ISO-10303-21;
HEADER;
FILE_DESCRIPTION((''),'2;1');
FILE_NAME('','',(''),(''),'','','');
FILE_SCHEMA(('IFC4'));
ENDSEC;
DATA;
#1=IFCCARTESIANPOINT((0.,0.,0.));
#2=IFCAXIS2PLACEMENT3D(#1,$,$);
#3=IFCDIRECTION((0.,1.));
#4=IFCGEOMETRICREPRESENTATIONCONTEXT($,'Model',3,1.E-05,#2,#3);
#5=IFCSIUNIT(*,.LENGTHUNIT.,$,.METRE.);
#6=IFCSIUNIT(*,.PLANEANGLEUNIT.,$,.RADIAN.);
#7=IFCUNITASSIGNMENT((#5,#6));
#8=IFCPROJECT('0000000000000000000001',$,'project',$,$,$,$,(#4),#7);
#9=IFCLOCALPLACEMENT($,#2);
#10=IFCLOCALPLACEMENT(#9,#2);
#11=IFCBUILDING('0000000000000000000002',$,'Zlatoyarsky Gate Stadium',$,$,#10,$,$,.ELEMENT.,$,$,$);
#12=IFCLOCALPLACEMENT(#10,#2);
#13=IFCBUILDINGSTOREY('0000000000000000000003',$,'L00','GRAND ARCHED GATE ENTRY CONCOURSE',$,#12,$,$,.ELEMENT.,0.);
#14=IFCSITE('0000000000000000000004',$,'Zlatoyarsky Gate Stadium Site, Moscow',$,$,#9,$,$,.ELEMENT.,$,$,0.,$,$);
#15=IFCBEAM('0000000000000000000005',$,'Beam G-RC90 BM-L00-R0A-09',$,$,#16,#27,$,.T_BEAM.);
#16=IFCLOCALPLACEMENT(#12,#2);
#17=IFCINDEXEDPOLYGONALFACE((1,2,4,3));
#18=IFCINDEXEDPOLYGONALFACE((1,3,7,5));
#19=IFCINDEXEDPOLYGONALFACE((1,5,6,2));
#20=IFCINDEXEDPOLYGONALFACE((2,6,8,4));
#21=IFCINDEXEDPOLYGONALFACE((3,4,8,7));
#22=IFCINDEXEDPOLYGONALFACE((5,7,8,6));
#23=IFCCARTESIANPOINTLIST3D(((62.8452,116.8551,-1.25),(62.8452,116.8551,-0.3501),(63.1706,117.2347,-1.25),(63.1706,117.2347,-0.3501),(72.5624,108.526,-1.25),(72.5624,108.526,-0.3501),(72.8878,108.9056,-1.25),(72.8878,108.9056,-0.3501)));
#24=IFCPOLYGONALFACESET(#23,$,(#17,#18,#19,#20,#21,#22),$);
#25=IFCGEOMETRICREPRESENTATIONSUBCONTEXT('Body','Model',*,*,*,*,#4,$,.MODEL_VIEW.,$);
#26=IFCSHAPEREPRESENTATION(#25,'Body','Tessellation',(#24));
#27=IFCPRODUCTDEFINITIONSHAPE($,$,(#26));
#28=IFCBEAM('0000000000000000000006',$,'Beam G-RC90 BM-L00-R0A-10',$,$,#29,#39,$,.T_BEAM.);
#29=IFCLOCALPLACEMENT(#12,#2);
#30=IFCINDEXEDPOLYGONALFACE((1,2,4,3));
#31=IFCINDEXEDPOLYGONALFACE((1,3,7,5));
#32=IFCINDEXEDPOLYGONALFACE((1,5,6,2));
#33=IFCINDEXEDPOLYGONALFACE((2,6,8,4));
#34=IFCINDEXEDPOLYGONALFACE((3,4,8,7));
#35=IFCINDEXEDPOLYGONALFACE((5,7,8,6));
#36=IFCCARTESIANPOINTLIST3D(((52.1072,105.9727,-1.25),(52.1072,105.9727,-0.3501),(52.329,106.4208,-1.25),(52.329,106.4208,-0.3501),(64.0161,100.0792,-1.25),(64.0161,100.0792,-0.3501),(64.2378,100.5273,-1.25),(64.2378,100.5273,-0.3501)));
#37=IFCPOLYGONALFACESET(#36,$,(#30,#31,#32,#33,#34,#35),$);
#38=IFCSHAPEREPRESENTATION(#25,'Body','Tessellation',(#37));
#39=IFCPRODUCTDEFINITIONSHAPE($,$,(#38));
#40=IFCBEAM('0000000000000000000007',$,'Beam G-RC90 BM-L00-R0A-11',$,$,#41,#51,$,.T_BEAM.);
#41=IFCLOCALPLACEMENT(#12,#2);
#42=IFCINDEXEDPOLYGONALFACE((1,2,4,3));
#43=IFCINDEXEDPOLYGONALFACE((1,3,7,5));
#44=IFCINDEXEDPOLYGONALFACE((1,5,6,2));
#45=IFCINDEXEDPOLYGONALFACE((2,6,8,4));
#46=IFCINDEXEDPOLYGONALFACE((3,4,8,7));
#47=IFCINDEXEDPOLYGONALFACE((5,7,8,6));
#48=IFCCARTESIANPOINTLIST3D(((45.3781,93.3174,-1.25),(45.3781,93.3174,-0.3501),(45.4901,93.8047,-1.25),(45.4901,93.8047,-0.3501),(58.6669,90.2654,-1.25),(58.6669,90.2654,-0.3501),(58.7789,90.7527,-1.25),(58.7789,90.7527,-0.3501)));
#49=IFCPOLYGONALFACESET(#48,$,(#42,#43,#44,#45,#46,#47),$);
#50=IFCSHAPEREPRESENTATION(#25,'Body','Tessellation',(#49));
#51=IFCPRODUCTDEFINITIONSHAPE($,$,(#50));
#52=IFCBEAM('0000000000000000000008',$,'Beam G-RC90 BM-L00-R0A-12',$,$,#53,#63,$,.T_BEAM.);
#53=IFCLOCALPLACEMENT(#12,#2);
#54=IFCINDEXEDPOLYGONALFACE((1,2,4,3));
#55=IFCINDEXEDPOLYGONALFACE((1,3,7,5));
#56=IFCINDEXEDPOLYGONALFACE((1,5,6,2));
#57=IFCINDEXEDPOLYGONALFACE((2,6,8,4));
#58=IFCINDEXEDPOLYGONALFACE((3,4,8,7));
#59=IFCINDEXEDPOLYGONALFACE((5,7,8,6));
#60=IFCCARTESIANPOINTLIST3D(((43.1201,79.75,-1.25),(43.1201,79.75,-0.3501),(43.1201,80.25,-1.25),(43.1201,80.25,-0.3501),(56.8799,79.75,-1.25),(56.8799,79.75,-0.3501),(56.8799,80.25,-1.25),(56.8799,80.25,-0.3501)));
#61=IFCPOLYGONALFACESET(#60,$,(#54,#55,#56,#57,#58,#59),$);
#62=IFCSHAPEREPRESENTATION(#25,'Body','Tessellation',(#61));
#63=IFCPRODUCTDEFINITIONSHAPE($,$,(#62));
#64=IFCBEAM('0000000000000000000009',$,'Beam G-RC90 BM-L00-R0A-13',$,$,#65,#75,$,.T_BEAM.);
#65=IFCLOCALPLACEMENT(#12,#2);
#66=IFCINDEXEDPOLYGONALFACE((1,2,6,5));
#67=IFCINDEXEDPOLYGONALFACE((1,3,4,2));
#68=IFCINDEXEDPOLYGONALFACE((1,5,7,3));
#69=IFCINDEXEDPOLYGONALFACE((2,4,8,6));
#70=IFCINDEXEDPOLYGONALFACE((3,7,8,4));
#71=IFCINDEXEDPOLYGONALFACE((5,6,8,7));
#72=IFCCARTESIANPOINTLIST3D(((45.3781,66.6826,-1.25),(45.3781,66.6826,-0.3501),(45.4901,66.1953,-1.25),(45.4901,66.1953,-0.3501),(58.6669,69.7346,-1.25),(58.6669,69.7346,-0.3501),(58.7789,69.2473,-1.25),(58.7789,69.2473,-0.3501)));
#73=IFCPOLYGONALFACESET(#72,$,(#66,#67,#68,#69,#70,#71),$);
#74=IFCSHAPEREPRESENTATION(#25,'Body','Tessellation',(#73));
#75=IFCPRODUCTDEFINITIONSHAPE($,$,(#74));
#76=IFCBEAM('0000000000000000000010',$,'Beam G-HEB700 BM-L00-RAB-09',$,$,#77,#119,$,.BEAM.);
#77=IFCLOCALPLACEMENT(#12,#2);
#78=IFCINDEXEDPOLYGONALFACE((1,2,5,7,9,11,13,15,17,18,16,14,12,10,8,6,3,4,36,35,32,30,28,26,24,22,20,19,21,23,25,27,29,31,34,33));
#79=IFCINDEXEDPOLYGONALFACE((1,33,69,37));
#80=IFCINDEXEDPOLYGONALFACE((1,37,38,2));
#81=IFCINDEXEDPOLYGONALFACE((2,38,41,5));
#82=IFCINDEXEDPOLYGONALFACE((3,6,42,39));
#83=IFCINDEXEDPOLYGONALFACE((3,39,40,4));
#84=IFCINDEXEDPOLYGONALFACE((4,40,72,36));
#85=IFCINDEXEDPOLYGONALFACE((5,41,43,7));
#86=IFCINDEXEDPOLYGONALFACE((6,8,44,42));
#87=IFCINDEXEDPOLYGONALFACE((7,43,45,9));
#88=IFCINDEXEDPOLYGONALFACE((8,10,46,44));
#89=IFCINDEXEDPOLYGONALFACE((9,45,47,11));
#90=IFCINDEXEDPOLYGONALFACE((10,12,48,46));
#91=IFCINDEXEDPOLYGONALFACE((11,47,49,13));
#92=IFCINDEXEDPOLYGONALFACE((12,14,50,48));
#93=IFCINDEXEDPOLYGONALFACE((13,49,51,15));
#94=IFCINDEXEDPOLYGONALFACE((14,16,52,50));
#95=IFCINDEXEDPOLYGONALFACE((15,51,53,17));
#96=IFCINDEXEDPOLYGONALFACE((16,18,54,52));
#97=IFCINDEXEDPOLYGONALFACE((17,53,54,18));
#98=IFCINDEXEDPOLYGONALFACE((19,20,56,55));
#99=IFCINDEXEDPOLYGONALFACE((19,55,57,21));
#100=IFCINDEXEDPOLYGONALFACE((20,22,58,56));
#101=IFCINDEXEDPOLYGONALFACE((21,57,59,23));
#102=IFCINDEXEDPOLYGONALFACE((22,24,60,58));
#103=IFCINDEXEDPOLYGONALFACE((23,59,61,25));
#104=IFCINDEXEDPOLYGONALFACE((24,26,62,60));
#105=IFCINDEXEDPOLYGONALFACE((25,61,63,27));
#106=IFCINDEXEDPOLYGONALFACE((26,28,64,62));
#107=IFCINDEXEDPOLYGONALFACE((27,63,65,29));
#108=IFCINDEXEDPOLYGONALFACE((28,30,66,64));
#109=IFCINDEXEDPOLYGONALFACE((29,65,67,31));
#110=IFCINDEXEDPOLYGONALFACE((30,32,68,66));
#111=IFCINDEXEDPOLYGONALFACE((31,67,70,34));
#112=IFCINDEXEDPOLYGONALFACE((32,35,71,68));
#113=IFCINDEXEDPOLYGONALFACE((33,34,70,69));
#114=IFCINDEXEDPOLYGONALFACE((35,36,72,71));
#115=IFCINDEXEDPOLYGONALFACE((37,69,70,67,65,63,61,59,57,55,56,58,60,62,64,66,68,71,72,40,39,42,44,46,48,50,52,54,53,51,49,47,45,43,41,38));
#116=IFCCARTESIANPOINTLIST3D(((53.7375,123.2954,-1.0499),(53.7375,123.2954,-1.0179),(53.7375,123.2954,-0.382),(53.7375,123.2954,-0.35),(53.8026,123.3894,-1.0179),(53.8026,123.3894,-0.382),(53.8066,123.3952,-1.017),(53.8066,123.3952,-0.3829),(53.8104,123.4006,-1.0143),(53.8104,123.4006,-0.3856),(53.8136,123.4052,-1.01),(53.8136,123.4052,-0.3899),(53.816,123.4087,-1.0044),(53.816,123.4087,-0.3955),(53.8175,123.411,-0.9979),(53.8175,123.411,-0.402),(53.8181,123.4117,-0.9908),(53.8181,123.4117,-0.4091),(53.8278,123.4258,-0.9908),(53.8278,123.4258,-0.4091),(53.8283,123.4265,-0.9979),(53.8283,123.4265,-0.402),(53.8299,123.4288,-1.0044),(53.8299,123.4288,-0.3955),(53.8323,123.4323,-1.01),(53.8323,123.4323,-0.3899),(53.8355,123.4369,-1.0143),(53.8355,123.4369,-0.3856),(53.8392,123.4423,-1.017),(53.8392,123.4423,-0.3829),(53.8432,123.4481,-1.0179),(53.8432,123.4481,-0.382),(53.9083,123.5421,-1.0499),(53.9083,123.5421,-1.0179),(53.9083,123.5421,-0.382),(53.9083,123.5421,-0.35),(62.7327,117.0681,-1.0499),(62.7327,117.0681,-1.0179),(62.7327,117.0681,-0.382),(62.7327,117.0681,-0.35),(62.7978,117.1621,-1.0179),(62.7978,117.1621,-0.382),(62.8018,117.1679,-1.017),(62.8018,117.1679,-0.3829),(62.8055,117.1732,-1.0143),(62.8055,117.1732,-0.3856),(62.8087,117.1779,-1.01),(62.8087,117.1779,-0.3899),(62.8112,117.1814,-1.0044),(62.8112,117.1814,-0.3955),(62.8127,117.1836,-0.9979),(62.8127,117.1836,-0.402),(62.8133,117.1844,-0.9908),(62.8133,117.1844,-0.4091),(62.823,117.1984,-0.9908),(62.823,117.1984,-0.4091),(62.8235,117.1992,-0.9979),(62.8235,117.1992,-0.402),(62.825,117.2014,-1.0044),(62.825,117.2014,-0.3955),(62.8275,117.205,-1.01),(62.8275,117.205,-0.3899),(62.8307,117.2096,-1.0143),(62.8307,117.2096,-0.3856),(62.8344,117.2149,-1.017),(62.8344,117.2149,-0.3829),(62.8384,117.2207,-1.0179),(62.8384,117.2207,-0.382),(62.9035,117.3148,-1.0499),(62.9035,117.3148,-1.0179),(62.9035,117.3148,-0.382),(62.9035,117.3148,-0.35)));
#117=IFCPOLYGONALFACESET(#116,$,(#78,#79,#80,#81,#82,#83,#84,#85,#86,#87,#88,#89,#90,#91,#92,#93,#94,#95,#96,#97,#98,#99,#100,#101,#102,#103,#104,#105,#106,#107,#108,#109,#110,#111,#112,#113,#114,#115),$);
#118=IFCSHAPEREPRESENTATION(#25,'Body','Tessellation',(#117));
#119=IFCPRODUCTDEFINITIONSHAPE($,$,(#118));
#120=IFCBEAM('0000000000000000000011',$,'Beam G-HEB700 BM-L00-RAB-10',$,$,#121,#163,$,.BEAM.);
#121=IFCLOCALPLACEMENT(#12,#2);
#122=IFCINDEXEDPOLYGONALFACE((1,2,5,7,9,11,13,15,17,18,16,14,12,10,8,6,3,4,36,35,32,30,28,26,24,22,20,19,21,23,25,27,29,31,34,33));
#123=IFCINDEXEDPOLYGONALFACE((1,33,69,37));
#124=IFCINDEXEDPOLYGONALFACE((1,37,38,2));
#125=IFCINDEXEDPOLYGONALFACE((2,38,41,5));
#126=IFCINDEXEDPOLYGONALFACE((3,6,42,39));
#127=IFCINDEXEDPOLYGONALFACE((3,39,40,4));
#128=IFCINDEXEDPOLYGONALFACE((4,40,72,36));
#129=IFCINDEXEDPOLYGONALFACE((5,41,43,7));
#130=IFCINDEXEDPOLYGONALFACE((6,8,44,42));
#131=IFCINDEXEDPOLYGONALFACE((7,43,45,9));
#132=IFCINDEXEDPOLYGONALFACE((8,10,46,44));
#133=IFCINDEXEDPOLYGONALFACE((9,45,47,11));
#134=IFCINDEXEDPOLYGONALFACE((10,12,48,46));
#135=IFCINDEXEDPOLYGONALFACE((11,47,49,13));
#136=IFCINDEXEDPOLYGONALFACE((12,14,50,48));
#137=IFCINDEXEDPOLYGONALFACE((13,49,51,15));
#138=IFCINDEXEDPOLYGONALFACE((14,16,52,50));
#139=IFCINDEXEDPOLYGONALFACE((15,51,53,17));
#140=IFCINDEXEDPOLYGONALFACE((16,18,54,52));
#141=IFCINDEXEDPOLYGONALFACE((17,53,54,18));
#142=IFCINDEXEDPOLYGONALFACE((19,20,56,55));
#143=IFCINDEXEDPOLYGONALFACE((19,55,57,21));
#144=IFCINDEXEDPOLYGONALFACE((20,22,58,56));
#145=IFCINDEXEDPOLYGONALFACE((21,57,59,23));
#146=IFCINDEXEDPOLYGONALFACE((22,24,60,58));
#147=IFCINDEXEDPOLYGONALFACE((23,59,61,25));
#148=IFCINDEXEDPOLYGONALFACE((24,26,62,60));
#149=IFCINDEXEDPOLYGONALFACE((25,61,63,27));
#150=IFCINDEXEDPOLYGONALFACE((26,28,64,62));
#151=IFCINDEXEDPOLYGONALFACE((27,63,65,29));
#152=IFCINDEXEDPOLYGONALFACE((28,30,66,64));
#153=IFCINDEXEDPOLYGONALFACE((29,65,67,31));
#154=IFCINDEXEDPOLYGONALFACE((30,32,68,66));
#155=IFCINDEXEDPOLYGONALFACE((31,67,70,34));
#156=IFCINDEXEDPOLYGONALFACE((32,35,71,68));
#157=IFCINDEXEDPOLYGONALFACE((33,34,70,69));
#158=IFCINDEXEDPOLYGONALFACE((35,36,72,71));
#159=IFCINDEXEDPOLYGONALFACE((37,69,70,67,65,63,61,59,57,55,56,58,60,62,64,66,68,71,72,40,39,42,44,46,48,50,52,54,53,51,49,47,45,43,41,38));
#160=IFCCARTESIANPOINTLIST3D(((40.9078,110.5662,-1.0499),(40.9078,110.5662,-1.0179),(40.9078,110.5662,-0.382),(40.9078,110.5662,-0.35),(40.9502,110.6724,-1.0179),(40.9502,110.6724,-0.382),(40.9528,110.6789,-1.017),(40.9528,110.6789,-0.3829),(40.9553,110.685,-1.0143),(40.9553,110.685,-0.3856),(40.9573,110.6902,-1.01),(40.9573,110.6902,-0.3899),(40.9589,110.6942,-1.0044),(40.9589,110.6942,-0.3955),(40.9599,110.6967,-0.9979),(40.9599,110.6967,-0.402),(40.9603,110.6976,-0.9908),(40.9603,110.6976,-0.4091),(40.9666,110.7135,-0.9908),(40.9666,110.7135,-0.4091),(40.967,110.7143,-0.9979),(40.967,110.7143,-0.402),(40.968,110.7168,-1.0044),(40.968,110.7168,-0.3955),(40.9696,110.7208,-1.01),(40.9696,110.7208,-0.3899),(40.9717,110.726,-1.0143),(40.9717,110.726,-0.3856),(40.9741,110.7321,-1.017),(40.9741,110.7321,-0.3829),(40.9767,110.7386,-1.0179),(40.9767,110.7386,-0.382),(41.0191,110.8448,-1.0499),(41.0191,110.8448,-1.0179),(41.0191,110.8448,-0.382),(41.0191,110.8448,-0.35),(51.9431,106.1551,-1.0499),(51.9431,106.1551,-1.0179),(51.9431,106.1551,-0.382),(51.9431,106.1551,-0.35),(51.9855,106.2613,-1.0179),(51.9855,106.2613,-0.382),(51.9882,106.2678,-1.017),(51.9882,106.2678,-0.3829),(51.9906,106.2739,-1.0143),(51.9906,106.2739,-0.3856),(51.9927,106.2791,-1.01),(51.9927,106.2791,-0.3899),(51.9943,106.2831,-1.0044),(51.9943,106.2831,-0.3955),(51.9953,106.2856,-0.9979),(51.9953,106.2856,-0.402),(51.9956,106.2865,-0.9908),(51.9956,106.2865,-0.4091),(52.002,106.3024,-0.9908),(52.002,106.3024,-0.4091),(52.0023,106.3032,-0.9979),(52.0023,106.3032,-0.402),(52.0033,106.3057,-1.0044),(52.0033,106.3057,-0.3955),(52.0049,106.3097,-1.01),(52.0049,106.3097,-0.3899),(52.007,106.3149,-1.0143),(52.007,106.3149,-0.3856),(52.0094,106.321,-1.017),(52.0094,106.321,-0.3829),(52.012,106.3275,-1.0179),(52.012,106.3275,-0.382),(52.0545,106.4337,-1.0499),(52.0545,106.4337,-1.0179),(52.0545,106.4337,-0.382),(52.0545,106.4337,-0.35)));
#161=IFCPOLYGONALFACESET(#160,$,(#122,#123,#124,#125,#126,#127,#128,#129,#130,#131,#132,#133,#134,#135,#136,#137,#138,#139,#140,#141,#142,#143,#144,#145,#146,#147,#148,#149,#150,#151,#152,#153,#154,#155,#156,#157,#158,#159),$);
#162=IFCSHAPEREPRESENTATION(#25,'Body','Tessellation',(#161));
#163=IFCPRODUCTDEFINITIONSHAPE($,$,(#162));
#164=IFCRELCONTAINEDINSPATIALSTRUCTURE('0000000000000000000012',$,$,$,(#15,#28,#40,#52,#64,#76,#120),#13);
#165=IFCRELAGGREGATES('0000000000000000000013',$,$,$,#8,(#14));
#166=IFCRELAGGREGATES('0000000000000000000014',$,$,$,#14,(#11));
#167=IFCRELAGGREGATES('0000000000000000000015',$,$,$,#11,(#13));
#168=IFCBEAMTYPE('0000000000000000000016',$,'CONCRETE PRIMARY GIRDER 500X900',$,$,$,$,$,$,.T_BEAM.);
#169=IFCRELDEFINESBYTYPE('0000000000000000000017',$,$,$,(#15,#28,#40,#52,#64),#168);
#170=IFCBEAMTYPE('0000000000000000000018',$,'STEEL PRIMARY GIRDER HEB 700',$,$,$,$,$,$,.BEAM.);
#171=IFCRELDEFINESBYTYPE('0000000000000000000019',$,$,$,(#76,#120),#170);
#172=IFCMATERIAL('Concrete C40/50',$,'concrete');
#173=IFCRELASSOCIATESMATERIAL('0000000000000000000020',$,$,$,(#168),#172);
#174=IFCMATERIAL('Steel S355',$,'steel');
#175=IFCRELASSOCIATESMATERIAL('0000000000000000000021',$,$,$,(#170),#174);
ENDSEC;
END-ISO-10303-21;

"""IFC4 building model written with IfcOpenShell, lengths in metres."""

from ifc_helpers import new_model, si_unit, direction, frame, origin, origin_2d, place, context, subcontext, project, spatial, rectangle, i_section, extrude, material, material_profile, profile_set, type_object, element, save


model = new_model("IFC4")

# Units and contexts
model_context = context("Model", 3, precision=1e-05, world=origin(), true_north=direction((0.0, 1.0)))
body_context = subcontext(model_context, "Body", "Model", "MODEL_VIEW")
ifc_project = project(units=[si_unit("LENGTHUNIT", "METRE"), si_unit("PLANEANGLEUNIT", "RADIAN")], contexts=[model_context])

# Site, building, storey
site_placement = place(None, origin())
site = spatial("IfcSite", under=ifc_project, at=site_placement, Name="Zlatoyarsky Gate Stadium Site, Moscow", CompositionType="ELEMENT", RefElevation=0.0)
building_placement = place(site_placement, origin())
building = spatial("IfcBuilding", under=site, at=building_placement, Name="Zlatoyarsky Gate Stadium", CompositionType="ELEMENT")
storey_placement = place(building_placement, origin())
storey = spatial("IfcBuildingStorey", under=building, at=storey_placement, Name="L00", Description="GRAND ARCHED GATE ENTRY CONCOURSE", CompositionType="ELEMENT", Elevation=0.0)

# Shared definitions
ifc_material_1 = material(Name="Concrete C40/50", Category="concrete")

# Beams
ifc_material_profile_1 = material_profile(ifc_material_1, rectangle(XDim=0.5, YDim=0.8999, at=origin_2d()), Name="RC GIRDER 500X900")
ifc_profile_set_1 = profile_set([ifc_material_profile_1], Name="Concrete C40/50")
beam_type_1 = type_object("IfcBeamType", Name="CONCRETE PRIMARY GIRDER 500X900", PredefinedType="T_BEAM", material=ifc_profile_set_1)
beam_1_placement = place(storey_placement, frame((72.7251, 108.7158, -0.8), z_axis=(-0.759257, 0.650791, 0.0), x_axis=(-0.650791, -0.759257, 0.0)))
element("IfcBeam", 1, at=beam_1_placement, inside=storey, type_object=beam_type_1, Name="Beam G-RC90 BM-L00-R0A-09", PredefinedType="T_BEAM", context=body_context, shape_type="SweptSolid", body=[
    extrude(rectangle(XDim=0.5, YDim=0.8999, at=origin_2d()), origin(), (0.0, 0.0, 1.0), 12.7983),
])
beam_2_placement = place(storey_placement, frame((64.127, 100.3032, -0.8), z_axis=(-0.896253, 0.443542, 0.0), x_axis=(-0.443542, -0.896253, 0.0)))
element("IfcBeam", 2, at=beam_2_placement, inside=storey, type_object=beam_type_1, Name="Beam G-RC90 BM-L00-R0A-10", PredefinedType="T_BEAM", context=body_context, shape_type="SweptSolid", body=[
    extrude(rectangle(XDim=0.5, YDim=0.8999, at=origin_2d()), origin(), (0.0, 0.0, 1.0), 13.2874),
])
beam_3_placement = place(storey_placement, frame((58.7229, 90.509, -0.8), z_axis=(-0.974626, 0.223839, 0.0), x_axis=(-0.223839, -0.974626, 0.0)))
element("IfcBeam", 3, at=beam_3_placement, inside=storey, type_object=beam_type_1, Name="Beam G-RC90 BM-L00-R0A-11", PredefinedType="T_BEAM", context=body_context, shape_type="SweptSolid", body=[
    extrude(rectangle(XDim=0.5, YDim=0.8999, at=origin_2d()), origin(), (0.0, 0.0, 1.0), 13.6348),
])
beam_4_placement = place(storey_placement, frame((56.8799, 80.0, -0.8), z_axis=(-1.0, 0.0, 0.0), x_axis=(0.0, -1.0, 0.0)))
element("IfcBeam", 4, at=beam_4_placement, inside=storey, type_object=beam_type_1, Name="Beam G-RC90 BM-L00-R0A-12", PredefinedType="T_BEAM", context=body_context, shape_type="SweptSolid", body=[
    extrude(rectangle(XDim=0.5, YDim=0.8999, at=origin_2d()), origin(), (0.0, 0.0, 1.0), 13.7598),
])
beam_5_placement = place(storey_placement, frame((58.7229, 69.491, -0.8), z_axis=(-0.974626, -0.223839, 0.0), x_axis=(0.223839, -0.974626, 0.0)))
element("IfcBeam", 5, at=beam_5_placement, inside=storey, type_object=beam_type_1, Name="Beam G-RC90 BM-L00-R0A-13", PredefinedType="T_BEAM", context=body_context, shape_type="SweptSolid", body=[
    extrude(rectangle(XDim=0.5, YDim=0.8999, at=origin_2d()), origin(), (0.0, 0.0, 1.0), 13.6348),
])
ifc_material_2 = material(Name="Steel S355", Category="steel")
ifc_material_profile_2 = material_profile(ifc_material_2, i_section(OverallWidth=0.3, OverallDepth=0.7, WebThickness=0.0171, FlangeThickness=0.032, FilletRadius=0.0271, at=origin_2d()), Name="HEB 700")
ifc_profile_set_2 = profile_set([ifc_material_profile_2], Name="Steel S355")
beam_type_2 = type_object("IfcBeamType", Name="STEEL PRIMARY GIRDER HEB 700", PredefinedType="BEAM", material=ifc_profile_set_2)
beam_6_placement = place(storey_placement, frame((62.8181, 117.1914, -0.7), z_axis=(-0.822196, 0.569204, 0.0), x_axis=(-0.569204, -0.822196, 0.0)))
element("IfcBeam", 6, at=beam_6_placement, inside=storey, type_object=beam_type_2, Name="Beam G-HEB700 BM-L00-RAB-09", PredefinedType="BEAM", context=body_context, shape_type="SweptSolid", body=[
    extrude(i_section(OverallWidth=0.3, OverallDepth=0.7, WebThickness=0.0171, FlangeThickness=0.032, FilletRadius=0.0271, at=origin_2d()), origin(), (0.0, 0.0, 1.0), 10.9404),
])
beam_7_placement = place(storey_placement, frame((51.9988, 106.2944, -0.7), z_axis=(-0.928565, 0.371171, 0.0), x_axis=(-0.371171, -0.928565, 0.0)))
element("IfcBeam", 7, at=beam_7_placement, inside=storey, type_object=beam_type_2, Name="Beam G-HEB700 BM-L00-RAB-10", PredefinedType="BEAM", context=body_context, shape_type="SweptSolid", body=[
    extrude(i_section(OverallWidth=0.3, OverallDepth=0.7, WebThickness=0.0171, FlangeThickness=0.032, FilletRadius=0.0271, at=origin_2d()), origin(), (0.0, 0.0, 1.0), 11.8843),
])

save(model, "model.ifc")
